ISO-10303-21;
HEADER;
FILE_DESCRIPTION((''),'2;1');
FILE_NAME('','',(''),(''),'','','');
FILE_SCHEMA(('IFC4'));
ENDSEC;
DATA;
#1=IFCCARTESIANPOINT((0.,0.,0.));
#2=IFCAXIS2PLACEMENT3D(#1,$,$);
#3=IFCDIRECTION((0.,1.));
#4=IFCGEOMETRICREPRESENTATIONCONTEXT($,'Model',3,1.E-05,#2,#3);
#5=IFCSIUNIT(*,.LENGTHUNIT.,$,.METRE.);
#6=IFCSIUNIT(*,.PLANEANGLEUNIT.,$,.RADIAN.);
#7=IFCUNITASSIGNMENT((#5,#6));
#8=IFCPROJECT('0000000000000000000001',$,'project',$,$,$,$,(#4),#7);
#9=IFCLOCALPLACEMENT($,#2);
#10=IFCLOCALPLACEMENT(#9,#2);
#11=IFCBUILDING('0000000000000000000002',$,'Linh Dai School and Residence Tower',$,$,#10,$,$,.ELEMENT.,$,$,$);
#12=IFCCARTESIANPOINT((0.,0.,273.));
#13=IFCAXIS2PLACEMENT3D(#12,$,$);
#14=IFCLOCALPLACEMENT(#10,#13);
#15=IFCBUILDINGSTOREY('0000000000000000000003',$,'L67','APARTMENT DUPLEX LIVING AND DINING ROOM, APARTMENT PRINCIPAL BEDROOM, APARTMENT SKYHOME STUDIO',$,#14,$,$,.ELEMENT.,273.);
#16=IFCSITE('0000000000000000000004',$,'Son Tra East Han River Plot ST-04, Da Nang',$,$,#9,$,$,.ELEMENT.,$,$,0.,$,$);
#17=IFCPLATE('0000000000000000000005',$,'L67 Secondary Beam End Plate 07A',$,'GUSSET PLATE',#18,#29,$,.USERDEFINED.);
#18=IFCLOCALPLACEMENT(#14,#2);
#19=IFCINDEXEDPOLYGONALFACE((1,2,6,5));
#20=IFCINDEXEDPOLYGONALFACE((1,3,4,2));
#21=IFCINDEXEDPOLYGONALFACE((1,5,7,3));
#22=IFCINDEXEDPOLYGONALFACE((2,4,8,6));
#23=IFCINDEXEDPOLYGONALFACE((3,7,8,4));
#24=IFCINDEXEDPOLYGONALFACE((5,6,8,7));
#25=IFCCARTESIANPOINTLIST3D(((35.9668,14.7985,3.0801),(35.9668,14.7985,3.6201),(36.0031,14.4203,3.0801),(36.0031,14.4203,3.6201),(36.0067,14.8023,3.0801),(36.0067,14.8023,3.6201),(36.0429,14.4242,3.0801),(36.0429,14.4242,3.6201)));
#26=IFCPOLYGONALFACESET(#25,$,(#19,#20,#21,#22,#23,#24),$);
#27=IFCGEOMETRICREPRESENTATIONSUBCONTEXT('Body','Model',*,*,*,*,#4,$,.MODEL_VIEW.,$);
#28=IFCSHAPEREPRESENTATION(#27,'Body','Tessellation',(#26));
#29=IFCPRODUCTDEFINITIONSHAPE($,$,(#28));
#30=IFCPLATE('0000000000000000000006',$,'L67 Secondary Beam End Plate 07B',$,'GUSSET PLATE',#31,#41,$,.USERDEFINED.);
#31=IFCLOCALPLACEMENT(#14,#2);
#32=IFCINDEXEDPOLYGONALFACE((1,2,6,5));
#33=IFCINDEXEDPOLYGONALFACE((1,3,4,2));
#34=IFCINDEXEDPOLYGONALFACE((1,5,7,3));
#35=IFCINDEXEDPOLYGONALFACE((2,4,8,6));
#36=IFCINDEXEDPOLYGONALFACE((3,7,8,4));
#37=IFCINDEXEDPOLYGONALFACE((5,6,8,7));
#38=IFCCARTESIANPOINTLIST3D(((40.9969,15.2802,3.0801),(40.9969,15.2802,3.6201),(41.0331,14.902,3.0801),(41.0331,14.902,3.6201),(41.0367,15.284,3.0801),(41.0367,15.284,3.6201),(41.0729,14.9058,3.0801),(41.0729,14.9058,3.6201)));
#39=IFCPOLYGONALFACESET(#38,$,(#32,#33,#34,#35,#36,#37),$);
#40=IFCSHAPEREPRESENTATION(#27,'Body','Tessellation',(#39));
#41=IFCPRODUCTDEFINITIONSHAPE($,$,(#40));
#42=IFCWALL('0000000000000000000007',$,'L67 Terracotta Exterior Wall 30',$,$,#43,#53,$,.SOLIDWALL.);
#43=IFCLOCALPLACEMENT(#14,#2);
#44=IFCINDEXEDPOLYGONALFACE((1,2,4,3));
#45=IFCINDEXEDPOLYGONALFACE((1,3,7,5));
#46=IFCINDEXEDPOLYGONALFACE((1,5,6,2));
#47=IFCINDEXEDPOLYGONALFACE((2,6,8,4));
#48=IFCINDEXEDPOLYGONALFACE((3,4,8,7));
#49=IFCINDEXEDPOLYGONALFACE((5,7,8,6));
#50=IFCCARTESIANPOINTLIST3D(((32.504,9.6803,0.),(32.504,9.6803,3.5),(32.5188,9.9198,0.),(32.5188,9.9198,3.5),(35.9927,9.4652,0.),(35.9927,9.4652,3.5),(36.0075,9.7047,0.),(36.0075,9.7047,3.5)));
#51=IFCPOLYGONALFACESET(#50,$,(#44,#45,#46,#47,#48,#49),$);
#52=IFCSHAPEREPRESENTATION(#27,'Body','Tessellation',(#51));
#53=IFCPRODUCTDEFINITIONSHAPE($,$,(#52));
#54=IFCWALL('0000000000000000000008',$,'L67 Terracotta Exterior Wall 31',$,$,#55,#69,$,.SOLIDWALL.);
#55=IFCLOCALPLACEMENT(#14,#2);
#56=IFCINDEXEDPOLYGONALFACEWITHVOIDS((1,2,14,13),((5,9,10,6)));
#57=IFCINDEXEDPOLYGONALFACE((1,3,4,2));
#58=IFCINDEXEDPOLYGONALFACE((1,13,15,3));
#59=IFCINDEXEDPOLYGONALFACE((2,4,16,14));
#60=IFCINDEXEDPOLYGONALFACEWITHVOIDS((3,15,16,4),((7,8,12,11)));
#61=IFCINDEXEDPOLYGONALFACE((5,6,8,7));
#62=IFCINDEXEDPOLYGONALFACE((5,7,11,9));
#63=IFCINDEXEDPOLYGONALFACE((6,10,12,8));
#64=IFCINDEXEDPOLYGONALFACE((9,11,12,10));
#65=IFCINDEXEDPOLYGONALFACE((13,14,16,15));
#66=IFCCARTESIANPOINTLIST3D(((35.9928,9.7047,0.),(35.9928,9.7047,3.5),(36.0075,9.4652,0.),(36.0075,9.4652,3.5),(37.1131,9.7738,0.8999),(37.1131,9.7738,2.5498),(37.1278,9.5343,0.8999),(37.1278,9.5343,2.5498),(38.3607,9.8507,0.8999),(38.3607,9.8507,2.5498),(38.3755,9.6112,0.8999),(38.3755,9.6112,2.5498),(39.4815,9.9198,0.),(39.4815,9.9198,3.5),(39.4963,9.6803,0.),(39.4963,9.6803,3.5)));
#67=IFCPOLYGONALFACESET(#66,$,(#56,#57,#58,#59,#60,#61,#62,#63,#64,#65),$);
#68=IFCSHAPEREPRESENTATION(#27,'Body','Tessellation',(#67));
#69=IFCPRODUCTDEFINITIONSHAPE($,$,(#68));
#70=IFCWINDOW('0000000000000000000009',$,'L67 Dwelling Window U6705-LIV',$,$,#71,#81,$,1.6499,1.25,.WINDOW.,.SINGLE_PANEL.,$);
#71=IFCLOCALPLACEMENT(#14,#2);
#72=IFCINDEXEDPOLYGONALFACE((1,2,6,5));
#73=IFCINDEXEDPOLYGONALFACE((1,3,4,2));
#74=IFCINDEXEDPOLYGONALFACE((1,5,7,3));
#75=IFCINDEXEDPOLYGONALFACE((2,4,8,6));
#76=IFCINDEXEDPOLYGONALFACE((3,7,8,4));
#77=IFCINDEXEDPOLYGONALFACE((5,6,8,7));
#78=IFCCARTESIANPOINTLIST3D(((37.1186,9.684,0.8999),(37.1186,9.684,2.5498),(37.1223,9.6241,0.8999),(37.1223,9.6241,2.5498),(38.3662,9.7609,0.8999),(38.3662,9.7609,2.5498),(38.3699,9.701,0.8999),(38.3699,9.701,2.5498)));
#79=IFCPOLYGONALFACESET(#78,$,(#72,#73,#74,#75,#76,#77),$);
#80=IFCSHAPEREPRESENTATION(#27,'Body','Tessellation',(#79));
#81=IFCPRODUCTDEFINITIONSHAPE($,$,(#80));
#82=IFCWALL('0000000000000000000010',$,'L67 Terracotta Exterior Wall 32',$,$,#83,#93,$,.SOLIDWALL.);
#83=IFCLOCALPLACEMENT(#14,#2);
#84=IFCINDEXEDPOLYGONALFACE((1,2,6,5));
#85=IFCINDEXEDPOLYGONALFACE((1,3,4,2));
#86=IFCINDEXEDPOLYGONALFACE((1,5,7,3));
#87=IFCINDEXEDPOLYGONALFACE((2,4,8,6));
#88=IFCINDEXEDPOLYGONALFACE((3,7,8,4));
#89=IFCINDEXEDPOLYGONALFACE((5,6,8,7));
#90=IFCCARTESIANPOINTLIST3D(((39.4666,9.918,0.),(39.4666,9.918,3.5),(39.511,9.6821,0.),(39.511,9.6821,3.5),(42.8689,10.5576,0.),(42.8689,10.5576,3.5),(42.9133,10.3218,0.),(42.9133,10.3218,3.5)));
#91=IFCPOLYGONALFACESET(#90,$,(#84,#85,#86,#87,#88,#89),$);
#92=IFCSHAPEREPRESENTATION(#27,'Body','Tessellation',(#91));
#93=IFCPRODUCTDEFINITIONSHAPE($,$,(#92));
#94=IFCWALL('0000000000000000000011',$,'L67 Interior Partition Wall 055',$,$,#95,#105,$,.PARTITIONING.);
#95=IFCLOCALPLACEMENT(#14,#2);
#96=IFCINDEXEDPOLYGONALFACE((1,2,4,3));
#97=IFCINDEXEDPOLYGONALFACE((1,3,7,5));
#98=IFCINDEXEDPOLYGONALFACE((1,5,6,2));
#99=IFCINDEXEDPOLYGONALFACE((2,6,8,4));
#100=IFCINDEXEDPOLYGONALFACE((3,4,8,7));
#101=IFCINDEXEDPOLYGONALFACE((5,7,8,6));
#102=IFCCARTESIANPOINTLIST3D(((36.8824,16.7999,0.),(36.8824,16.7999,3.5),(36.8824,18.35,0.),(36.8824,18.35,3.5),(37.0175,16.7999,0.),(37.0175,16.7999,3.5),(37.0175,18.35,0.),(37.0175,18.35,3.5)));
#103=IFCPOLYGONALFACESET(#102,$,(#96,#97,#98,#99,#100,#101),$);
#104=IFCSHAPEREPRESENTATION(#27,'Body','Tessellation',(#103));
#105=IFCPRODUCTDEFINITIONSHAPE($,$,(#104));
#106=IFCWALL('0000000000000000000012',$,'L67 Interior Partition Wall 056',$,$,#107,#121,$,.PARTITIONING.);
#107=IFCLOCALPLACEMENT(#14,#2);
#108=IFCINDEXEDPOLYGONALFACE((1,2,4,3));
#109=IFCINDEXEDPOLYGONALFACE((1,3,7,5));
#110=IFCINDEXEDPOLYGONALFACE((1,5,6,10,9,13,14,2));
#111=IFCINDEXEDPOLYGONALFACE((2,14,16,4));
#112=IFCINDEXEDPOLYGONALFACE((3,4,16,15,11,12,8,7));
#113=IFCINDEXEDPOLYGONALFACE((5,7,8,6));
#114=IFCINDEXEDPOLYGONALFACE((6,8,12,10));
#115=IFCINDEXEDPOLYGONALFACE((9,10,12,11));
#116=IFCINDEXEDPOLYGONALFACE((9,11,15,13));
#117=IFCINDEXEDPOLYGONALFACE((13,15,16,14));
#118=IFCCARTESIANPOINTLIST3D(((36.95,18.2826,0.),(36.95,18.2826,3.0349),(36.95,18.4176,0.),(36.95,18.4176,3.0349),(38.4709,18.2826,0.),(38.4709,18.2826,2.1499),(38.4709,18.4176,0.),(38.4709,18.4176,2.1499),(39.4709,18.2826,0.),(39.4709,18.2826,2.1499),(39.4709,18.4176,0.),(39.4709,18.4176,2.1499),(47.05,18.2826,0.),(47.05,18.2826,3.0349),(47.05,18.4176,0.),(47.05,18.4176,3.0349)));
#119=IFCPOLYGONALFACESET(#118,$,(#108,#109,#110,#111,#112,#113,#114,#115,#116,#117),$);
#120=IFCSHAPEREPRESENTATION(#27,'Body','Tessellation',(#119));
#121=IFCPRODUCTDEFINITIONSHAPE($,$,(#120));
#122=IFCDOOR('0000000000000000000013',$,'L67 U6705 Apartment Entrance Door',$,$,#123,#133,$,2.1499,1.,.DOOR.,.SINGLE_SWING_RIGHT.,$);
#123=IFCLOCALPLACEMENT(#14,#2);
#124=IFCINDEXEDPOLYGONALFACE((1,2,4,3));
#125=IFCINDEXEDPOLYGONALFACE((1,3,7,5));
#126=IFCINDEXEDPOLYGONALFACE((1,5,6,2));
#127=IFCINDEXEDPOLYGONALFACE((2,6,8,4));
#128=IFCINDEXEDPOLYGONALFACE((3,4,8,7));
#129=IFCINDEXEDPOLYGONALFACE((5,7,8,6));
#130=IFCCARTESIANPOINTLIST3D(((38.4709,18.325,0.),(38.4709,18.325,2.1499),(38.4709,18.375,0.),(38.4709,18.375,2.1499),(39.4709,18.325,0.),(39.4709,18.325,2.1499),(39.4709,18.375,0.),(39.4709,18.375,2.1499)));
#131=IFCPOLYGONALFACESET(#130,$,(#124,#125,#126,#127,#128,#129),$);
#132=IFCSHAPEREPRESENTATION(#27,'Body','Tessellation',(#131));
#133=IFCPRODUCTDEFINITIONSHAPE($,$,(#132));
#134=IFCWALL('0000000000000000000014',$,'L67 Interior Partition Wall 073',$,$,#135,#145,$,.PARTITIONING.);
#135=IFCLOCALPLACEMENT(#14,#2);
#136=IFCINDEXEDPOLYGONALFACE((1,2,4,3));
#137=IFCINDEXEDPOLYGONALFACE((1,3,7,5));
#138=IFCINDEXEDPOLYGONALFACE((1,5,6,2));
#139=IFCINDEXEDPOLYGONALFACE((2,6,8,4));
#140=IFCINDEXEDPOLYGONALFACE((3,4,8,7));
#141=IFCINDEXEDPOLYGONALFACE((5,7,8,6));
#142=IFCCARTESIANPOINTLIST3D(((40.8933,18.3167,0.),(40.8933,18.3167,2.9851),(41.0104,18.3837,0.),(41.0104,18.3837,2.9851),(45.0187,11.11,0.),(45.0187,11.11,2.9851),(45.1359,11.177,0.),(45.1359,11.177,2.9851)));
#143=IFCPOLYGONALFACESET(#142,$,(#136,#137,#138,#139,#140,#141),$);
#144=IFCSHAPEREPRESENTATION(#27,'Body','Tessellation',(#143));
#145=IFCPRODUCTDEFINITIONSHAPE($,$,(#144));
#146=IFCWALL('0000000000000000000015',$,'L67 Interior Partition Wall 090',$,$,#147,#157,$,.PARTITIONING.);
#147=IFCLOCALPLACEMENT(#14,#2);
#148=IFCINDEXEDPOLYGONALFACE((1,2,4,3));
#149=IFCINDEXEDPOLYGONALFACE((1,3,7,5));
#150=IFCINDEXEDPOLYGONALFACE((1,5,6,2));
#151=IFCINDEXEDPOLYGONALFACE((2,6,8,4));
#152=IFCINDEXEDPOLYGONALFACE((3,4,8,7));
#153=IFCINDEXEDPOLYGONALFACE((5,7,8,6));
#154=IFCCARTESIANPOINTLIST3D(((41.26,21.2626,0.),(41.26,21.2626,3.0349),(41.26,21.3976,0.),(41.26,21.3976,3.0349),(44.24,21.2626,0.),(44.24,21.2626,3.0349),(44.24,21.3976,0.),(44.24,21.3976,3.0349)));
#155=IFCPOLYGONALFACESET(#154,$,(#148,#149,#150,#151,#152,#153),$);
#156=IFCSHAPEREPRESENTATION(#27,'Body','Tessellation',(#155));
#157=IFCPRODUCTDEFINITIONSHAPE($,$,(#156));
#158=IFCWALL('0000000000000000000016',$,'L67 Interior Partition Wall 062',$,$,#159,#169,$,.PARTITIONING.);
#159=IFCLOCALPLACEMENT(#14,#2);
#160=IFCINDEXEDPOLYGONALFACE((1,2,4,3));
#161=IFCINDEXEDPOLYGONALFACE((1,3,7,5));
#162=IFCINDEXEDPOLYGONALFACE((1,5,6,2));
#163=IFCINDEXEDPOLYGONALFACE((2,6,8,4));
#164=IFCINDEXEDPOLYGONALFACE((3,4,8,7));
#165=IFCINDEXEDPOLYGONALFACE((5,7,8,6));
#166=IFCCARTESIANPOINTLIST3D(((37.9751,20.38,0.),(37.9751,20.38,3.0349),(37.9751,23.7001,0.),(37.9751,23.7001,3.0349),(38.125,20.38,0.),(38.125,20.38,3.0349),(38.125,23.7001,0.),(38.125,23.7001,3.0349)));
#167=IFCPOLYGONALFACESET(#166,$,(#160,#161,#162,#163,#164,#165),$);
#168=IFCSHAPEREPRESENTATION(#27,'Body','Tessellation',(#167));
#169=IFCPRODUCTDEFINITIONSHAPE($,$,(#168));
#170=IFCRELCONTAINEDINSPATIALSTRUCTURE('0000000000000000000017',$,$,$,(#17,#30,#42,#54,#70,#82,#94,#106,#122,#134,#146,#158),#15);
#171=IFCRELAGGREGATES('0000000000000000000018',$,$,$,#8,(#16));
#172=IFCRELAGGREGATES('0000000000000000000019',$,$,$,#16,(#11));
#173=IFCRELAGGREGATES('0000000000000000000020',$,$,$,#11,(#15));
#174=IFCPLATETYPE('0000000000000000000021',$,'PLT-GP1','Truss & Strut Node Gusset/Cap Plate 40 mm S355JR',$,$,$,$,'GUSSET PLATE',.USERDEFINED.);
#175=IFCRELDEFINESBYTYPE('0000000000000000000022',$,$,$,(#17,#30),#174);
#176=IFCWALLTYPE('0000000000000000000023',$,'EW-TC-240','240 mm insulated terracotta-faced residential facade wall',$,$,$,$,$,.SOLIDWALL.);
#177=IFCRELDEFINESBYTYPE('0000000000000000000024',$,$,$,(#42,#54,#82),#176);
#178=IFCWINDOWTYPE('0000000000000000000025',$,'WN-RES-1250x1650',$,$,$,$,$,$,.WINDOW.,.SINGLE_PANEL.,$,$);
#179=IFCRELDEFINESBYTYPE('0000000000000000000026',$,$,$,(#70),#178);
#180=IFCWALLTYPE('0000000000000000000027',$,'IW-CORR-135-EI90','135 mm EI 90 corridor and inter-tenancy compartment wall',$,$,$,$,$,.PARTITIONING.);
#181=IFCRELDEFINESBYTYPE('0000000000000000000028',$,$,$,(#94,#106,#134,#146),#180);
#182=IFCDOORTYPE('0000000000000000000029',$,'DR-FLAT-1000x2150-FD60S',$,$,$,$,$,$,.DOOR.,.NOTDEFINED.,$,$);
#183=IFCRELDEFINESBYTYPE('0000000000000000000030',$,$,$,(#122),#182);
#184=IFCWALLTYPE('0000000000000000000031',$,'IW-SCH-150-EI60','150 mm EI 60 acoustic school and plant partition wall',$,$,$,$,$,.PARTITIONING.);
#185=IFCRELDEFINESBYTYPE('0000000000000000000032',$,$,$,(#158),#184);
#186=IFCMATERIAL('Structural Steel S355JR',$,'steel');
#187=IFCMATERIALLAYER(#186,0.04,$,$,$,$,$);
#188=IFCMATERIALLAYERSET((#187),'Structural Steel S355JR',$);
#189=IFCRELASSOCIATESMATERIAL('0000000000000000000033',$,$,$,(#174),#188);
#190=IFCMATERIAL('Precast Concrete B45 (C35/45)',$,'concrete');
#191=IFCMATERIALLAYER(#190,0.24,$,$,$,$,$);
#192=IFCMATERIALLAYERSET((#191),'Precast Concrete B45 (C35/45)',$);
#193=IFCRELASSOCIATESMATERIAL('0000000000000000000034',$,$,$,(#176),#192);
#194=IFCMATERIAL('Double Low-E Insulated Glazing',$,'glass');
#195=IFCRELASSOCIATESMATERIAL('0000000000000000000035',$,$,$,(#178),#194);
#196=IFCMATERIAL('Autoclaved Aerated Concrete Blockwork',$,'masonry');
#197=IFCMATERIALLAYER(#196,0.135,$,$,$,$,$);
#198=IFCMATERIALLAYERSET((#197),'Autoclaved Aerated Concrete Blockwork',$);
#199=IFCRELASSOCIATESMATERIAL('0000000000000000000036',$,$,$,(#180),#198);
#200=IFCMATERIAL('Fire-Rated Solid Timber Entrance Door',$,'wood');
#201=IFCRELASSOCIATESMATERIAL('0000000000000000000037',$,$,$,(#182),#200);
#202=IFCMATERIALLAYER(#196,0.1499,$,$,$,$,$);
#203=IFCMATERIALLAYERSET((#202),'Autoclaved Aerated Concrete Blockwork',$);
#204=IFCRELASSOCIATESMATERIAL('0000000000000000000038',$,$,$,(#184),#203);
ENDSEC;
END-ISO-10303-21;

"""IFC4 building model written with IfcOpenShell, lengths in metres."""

from ifc_helpers import new_model, si_unit, direction, frame, frame_2d, origin, origin_2d, place, context, subcontext, project, spatial, rectangle, extrude, source, transform, mapped, material, layer, layer_set, type_object, element, fill, save


model = new_model("IFC4")

# Units and contexts
model_context = context("Model", 3, precision=1e-05, world=origin(), true_north=direction((0.0, 1.0)))
body_context = subcontext(model_context, "Body", "Model", "MODEL_VIEW")
ifc_project = project(units=[si_unit("LENGTHUNIT", "METRE"), si_unit("PLANEANGLEUNIT", "RADIAN")], contexts=[model_context])

# Site, building, storey
site_placement = place(None, origin())
site = spatial("IfcSite", under=ifc_project, at=site_placement, Name="Son Tra East Han River Plot ST-04, Da Nang", CompositionType="ELEMENT", RefElevation=0.0)
building_placement = place(site_placement, origin())
building = spatial("IfcBuilding", under=site, at=building_placement, Name="Linh Dai School and Residence Tower", CompositionType="ELEMENT")
storey_placement = place(building_placement, frame((0.0, 0.0, 273.0)))
storey = spatial("IfcBuildingStorey", under=building, at=storey_placement, Name="L67", Description="APARTMENT DUPLEX LIVING AND DINING ROOM, APARTMENT PRINCIPAL BEDROOM, APARTMENT SKYHOME STUDIO", CompositionType="ELEMENT", Elevation=273.0)

# Shared definitions
ifc_material_1 = material(Name="Structural Steel S355JR", Category="steel")

# Plates
ifc_layer_1 = layer(ifc_material_1, 0.04)
ifc_layer_set_1 = layer_set([ifc_layer_1], Name="Structural Steel S355JR")
plate_type = type_object("IfcPlateType", Name="PLT-GP1", Description="Truss & Strut Node Gusset/Cap Plate 40 mm S355JR", ElementType="GUSSET PLATE", PredefinedType="USERDEFINED", material=ifc_layer_set_1)
shared_shape_1 = source(origin(), body_context, "Body", "SweptSolid", [
    extrude(rectangle(XDim=0.04, YDim=0.3799, at=origin_2d()), origin(), (0.0, 0.0, 1.0), 0.54),
])
for number, where, z_axis, x_axis, name in (
    (1, (36.0049, 14.6113, 3.0801), (0.0, 0.0, 1.0), (0.995445, 0.095338, 0.0), "L67 Secondary Beam End Plate 07A"),
    (2, (41.0349, 15.093, 3.0801), (0.0, 0.0, 1.0), (0.995445, 0.095338, 0.0), "L67 Secondary Beam End Plate 07B"),
):
    element("IfcPlate", number, at=place(storey_placement, frame(where, z_axis=z_axis, x_axis=x_axis)), inside=storey, type_object=plate_type, Name=name, ObjectType="GUSSET PLATE", PredefinedType="USERDEFINED", context=body_context, shape_type="MappedRepresentation", body=[
        mapped(shared_shape_1, transform((0.0, 0.0, 0.0), x_axis=(1.0, 0.0, 0.0), y_axis=(0.0, 1.0, 0.0), z_axis=(0.0, 0.0, 1.0), scale=1.0)),
    ])

# Wall
ifc_material_2 = material(Name="Precast Concrete B45 (C35/45)", Category="concrete")
ifc_layer_2 = layer(ifc_material_2, 0.24)
ifc_layer_set_2 = layer_set([ifc_layer_2], Name="Precast Concrete B45 (C35/45)")
wall_type_1 = type_object("IfcWallType", Name="EW-TC-240", Description="240 mm insulated terracotta-faced residential facade wall", PredefinedType="SOLIDWALL", material=ifc_layer_set_2)
wall_1_placement = place(storey_placement, frame((36.0, 9.585, 0.0), z_axis=(0.0, 0.0, 1.0), x_axis=(-0.998105, 0.061535, 0.0)))
element("IfcWall", 3, at=wall_1_placement, inside=storey, type_object=wall_type_1, Name="L67 Terracotta Exterior Wall 30", PredefinedType="SOLIDWALL", context=body_context, shape_type="SweptSolid", body=[
    extrude(rectangle(XDim=3.4954, YDim=0.24, at=frame_2d((1.7476, 0.0))), origin(), (0.0, 0.0, 1.0), 3.5),
])

# Wall, opening, window
wall_2_placement = place(storey_placement, frame((39.4888, 9.8, 0.0), z_axis=(0.0, 0.0, 1.0), x_axis=(-0.998105, -0.061535, 0.0)))
wall_2 = element("IfcWall", 4, at=wall_2_placement, inside=storey, type_object=wall_type_1, Name="L67 Terracotta Exterior Wall 31", PredefinedType="SOLIDWALL", context=body_context, shape_type="SweptSolid", body=[
    extrude(rectangle(XDim=3.4954, YDim=0.24, at=frame_2d((1.7476, 0.0))), origin(), (0.0, 0.0, 1.0), 3.5),
])
opening_1_placement = place(wall_2_placement, frame((1.1228, 0.0, 0.8999)))
opening_1 = element("IfcOpeningElement", 5, at=opening_1_placement, cuts=wall_2, PredefinedType="OPENING", context=body_context, shape_type="SweptSolid", body=[
    extrude(rectangle(XDim=1.25, YDim=1.6499, at=origin_2d()), frame((0.625, 0.1299, 0.825), z_axis=(0.0, -1.0, 0.0), x_axis=(1.0, 0.0, 0.0)), (0.0, 0.0, 1.0), 0.26),
])
ifc_material_3 = material(Name="Double Low-E Insulated Glazing", Category="glass")
window_type = type_object("IfcWindowType", Name="WN-RES-1250x1650", PartitioningType="SINGLE_PANEL", PredefinedType="WINDOW", material=ifc_material_3)
shared_shape_2 = source(origin(), body_context, "Body", "SweptSolid", [
    extrude(rectangle(XDim=1.25, YDim=1.6499, at=origin_2d()), frame((0.625, 0.03, 0.825), z_axis=(0.0, -1.0, 0.0), x_axis=(1.0, 0.0, 0.0)), (0.0, 0.0, 1.0), 0.0601),
])
window_placement = place(opening_1_placement, origin())
window = element("IfcWindow", 6, at=window_placement, inside=storey, type_object=window_type, Name="L67 Dwelling Window U6705-LIV", OverallHeight=1.6499, OverallWidth=1.25, PartitioningType="SINGLE_PANEL", PredefinedType="WINDOW", context=body_context, shape_type="MappedRepresentation", body=[
    mapped(shared_shape_2, transform((0.0, 0.0, 0.0), x_axis=(1.0, 0.0, 0.0), y_axis=(0.0, 1.0, 0.0), z_axis=(0.0, 0.0, 1.0), scale=1.0)),
])
fill(opening_1, window)

# Walls
wall_3_placement = place(storey_placement, frame((42.8911, 10.4397, 0.0), z_axis=(0.0, 0.0, 1.0), x_axis=(-0.982783, -0.184765, 0.0)))
element("IfcWall", 7, at=wall_3_placement, inside=storey, type_object=wall_type_1, Name="L67 Terracotta Exterior Wall 32", PredefinedType="SOLIDWALL", context=body_context, shape_type="SweptSolid", body=[
    extrude(rectangle(XDim=3.4619, YDim=0.24, at=frame_2d((1.731, 0.0))), origin(), (0.0, 0.0, 1.0), 3.5),
])
ifc_material_4 = material(Name="Autoclaved Aerated Concrete Blockwork", Category="masonry")
ifc_layer_3 = layer(ifc_material_4, 0.135)
ifc_layer_set_3 = layer_set([ifc_layer_3], Name="Autoclaved Aerated Concrete Blockwork")
wall_type_2 = type_object("IfcWallType", Name="IW-CORR-135-EI90", Description="135 mm EI 90 corridor and inter-tenancy compartment wall", PredefinedType="PARTITIONING", material=ifc_layer_set_3)
wall_4_placement = place(storey_placement, frame((36.95, 16.8, 0.0), z_axis=(0.0, 0.0, 1.0), x_axis=(0.0, 1.0, 0.0)))
element("IfcWall", 8, at=wall_4_placement, inside=storey, type_object=wall_type_2, Name="L67 Interior Partition Wall 055", PredefinedType="PARTITIONING", context=body_context, shape_type="SweptSolid", body=[
    extrude(rectangle(XDim=1.55, YDim=0.135, at=frame_2d((0.7749, 0.0))), origin(), (0.0, 0.0, 1.0), 3.5),
])

# Wall, opening, door
wall_5_placement = place(storey_placement, frame((36.95, 18.3501, 0.0), z_axis=(0.0, 0.0, 1.0), x_axis=(1.0, 0.0, 0.0)))
wall_5 = element("IfcWall", 9, at=wall_5_placement, inside=storey, type_object=wall_type_2, Name="L67 Interior Partition Wall 056", PredefinedType="PARTITIONING", context=body_context, shape_type="SweptSolid", body=[
    extrude(rectangle(XDim=10.1001, YDim=0.135, at=frame_2d((5.05, 0.0))), origin(), (0.0, 0.0, 1.0), 3.0349),
])
opening_2_placement = place(wall_5_placement, frame((1.521, 0.0, 0.0)))
opening_2 = element("IfcOpeningElement", 10, at=opening_2_placement, cuts=wall_5, PredefinedType="OPENING", context=body_context, shape_type="SweptSolid", body=[
    extrude(rectangle(XDim=1.0, YDim=2.1499, at=origin_2d()), frame((0.5, 0.0776, 1.075), z_axis=(0.0, -1.0, 0.0), x_axis=(1.0, 0.0, 0.0)), (0.0, 0.0, 1.0), 0.155),
])
ifc_material_5 = material(Name="Fire-Rated Solid Timber Entrance Door", Category="wood")
door_type = type_object("IfcDoorType", Name="DR-FLAT-1000x2150-FD60S", OperationType="NOTDEFINED", PredefinedType="DOOR", material=ifc_material_5)
shared_shape_3 = source(origin(), body_context, "Body", "SweptSolid", [
    extrude(rectangle(XDim=1.0, YDim=2.1499, at=origin_2d()), frame((0.5, 0.0249, 1.075), z_axis=(0.0, -1.0, 0.0), x_axis=(1.0, 0.0, 0.0)), (0.0, 0.0, 1.0), 0.05),
])
door_placement = place(opening_2_placement, origin())
door = element("IfcDoor", 11, at=door_placement, inside=storey, type_object=door_type, Name="L67 U6705 Apartment Entrance Door", OperationType="SINGLE_SWING_RIGHT", OverallHeight=2.1499, OverallWidth=1.0, PredefinedType="DOOR", context=body_context, shape_type="MappedRepresentation", body=[
    mapped(shared_shape_3, transform((0.0, 0.0, 0.0), x_axis=(1.0, 0.0, 0.0), y_axis=(0.0, 1.0, 0.0), z_axis=(0.0, 0.0, 1.0), scale=1.0)),
])
fill(opening_2, door)

# Walls
wall_6_placement = place(storey_placement, frame((40.9519, 18.3501, 0.0), z_axis=(0.0, 0.0, 1.0), x_axis=(0.496804, -0.867863, 0.0)))
element("IfcWall", 12, at=wall_6_placement, inside=storey, type_object=wall_type_2, Name="L67 Interior Partition Wall 073", PredefinedType="PARTITIONING", context=body_context, shape_type="SweptSolid", body=[
    extrude(rectangle(XDim=8.304, YDim=0.135, at=frame_2d((4.1519, 0.0))), origin(), (0.0, 0.0, 1.0), 2.9851),
])
wall_7_placement = place(storey_placement, frame((44.24, 21.3301, 0.0), z_axis=(0.0, 0.0, 1.0), x_axis=(-1.0, 0.0, 0.0)))
element("IfcWall", 13, at=wall_7_placement, inside=storey, type_object=wall_type_2, Name="L67 Interior Partition Wall 090", PredefinedType="PARTITIONING", context=body_context, shape_type="SweptSolid", body=[
    extrude(rectangle(XDim=2.98, YDim=0.135, at=frame_2d((1.49, 0.0))), origin(), (0.0, 0.0, 1.0), 3.0349),
])
ifc_layer_4 = layer(ifc_material_4, 0.1499)
ifc_layer_set_4 = layer_set([ifc_layer_4], Name="Autoclaved Aerated Concrete Blockwork")
wall_type_3 = type_object("IfcWallType", Name="IW-SCH-150-EI60", Description="150 mm EI 60 acoustic school and plant partition wall", PredefinedType="PARTITIONING", material=ifc_layer_set_4)
wall_8_placement = place(storey_placement, frame((38.05, 20.3799, 0.0), z_axis=(0.0, 0.0, 1.0), x_axis=(0.0, 1.0, 0.0)))
element("IfcWall", 14, at=wall_8_placement, inside=storey, type_object=wall_type_3, Name="L67 Interior Partition Wall 062", PredefinedType="PARTITIONING", context=body_context, shape_type="SweptSolid", body=[
    extrude(rectangle(XDim=3.3201, YDim=0.1499, at=frame_2d((1.6602, 0.0))), origin(), (0.0, 0.0, 1.0), 3.0349),
])

save(model, "model.ifc")
